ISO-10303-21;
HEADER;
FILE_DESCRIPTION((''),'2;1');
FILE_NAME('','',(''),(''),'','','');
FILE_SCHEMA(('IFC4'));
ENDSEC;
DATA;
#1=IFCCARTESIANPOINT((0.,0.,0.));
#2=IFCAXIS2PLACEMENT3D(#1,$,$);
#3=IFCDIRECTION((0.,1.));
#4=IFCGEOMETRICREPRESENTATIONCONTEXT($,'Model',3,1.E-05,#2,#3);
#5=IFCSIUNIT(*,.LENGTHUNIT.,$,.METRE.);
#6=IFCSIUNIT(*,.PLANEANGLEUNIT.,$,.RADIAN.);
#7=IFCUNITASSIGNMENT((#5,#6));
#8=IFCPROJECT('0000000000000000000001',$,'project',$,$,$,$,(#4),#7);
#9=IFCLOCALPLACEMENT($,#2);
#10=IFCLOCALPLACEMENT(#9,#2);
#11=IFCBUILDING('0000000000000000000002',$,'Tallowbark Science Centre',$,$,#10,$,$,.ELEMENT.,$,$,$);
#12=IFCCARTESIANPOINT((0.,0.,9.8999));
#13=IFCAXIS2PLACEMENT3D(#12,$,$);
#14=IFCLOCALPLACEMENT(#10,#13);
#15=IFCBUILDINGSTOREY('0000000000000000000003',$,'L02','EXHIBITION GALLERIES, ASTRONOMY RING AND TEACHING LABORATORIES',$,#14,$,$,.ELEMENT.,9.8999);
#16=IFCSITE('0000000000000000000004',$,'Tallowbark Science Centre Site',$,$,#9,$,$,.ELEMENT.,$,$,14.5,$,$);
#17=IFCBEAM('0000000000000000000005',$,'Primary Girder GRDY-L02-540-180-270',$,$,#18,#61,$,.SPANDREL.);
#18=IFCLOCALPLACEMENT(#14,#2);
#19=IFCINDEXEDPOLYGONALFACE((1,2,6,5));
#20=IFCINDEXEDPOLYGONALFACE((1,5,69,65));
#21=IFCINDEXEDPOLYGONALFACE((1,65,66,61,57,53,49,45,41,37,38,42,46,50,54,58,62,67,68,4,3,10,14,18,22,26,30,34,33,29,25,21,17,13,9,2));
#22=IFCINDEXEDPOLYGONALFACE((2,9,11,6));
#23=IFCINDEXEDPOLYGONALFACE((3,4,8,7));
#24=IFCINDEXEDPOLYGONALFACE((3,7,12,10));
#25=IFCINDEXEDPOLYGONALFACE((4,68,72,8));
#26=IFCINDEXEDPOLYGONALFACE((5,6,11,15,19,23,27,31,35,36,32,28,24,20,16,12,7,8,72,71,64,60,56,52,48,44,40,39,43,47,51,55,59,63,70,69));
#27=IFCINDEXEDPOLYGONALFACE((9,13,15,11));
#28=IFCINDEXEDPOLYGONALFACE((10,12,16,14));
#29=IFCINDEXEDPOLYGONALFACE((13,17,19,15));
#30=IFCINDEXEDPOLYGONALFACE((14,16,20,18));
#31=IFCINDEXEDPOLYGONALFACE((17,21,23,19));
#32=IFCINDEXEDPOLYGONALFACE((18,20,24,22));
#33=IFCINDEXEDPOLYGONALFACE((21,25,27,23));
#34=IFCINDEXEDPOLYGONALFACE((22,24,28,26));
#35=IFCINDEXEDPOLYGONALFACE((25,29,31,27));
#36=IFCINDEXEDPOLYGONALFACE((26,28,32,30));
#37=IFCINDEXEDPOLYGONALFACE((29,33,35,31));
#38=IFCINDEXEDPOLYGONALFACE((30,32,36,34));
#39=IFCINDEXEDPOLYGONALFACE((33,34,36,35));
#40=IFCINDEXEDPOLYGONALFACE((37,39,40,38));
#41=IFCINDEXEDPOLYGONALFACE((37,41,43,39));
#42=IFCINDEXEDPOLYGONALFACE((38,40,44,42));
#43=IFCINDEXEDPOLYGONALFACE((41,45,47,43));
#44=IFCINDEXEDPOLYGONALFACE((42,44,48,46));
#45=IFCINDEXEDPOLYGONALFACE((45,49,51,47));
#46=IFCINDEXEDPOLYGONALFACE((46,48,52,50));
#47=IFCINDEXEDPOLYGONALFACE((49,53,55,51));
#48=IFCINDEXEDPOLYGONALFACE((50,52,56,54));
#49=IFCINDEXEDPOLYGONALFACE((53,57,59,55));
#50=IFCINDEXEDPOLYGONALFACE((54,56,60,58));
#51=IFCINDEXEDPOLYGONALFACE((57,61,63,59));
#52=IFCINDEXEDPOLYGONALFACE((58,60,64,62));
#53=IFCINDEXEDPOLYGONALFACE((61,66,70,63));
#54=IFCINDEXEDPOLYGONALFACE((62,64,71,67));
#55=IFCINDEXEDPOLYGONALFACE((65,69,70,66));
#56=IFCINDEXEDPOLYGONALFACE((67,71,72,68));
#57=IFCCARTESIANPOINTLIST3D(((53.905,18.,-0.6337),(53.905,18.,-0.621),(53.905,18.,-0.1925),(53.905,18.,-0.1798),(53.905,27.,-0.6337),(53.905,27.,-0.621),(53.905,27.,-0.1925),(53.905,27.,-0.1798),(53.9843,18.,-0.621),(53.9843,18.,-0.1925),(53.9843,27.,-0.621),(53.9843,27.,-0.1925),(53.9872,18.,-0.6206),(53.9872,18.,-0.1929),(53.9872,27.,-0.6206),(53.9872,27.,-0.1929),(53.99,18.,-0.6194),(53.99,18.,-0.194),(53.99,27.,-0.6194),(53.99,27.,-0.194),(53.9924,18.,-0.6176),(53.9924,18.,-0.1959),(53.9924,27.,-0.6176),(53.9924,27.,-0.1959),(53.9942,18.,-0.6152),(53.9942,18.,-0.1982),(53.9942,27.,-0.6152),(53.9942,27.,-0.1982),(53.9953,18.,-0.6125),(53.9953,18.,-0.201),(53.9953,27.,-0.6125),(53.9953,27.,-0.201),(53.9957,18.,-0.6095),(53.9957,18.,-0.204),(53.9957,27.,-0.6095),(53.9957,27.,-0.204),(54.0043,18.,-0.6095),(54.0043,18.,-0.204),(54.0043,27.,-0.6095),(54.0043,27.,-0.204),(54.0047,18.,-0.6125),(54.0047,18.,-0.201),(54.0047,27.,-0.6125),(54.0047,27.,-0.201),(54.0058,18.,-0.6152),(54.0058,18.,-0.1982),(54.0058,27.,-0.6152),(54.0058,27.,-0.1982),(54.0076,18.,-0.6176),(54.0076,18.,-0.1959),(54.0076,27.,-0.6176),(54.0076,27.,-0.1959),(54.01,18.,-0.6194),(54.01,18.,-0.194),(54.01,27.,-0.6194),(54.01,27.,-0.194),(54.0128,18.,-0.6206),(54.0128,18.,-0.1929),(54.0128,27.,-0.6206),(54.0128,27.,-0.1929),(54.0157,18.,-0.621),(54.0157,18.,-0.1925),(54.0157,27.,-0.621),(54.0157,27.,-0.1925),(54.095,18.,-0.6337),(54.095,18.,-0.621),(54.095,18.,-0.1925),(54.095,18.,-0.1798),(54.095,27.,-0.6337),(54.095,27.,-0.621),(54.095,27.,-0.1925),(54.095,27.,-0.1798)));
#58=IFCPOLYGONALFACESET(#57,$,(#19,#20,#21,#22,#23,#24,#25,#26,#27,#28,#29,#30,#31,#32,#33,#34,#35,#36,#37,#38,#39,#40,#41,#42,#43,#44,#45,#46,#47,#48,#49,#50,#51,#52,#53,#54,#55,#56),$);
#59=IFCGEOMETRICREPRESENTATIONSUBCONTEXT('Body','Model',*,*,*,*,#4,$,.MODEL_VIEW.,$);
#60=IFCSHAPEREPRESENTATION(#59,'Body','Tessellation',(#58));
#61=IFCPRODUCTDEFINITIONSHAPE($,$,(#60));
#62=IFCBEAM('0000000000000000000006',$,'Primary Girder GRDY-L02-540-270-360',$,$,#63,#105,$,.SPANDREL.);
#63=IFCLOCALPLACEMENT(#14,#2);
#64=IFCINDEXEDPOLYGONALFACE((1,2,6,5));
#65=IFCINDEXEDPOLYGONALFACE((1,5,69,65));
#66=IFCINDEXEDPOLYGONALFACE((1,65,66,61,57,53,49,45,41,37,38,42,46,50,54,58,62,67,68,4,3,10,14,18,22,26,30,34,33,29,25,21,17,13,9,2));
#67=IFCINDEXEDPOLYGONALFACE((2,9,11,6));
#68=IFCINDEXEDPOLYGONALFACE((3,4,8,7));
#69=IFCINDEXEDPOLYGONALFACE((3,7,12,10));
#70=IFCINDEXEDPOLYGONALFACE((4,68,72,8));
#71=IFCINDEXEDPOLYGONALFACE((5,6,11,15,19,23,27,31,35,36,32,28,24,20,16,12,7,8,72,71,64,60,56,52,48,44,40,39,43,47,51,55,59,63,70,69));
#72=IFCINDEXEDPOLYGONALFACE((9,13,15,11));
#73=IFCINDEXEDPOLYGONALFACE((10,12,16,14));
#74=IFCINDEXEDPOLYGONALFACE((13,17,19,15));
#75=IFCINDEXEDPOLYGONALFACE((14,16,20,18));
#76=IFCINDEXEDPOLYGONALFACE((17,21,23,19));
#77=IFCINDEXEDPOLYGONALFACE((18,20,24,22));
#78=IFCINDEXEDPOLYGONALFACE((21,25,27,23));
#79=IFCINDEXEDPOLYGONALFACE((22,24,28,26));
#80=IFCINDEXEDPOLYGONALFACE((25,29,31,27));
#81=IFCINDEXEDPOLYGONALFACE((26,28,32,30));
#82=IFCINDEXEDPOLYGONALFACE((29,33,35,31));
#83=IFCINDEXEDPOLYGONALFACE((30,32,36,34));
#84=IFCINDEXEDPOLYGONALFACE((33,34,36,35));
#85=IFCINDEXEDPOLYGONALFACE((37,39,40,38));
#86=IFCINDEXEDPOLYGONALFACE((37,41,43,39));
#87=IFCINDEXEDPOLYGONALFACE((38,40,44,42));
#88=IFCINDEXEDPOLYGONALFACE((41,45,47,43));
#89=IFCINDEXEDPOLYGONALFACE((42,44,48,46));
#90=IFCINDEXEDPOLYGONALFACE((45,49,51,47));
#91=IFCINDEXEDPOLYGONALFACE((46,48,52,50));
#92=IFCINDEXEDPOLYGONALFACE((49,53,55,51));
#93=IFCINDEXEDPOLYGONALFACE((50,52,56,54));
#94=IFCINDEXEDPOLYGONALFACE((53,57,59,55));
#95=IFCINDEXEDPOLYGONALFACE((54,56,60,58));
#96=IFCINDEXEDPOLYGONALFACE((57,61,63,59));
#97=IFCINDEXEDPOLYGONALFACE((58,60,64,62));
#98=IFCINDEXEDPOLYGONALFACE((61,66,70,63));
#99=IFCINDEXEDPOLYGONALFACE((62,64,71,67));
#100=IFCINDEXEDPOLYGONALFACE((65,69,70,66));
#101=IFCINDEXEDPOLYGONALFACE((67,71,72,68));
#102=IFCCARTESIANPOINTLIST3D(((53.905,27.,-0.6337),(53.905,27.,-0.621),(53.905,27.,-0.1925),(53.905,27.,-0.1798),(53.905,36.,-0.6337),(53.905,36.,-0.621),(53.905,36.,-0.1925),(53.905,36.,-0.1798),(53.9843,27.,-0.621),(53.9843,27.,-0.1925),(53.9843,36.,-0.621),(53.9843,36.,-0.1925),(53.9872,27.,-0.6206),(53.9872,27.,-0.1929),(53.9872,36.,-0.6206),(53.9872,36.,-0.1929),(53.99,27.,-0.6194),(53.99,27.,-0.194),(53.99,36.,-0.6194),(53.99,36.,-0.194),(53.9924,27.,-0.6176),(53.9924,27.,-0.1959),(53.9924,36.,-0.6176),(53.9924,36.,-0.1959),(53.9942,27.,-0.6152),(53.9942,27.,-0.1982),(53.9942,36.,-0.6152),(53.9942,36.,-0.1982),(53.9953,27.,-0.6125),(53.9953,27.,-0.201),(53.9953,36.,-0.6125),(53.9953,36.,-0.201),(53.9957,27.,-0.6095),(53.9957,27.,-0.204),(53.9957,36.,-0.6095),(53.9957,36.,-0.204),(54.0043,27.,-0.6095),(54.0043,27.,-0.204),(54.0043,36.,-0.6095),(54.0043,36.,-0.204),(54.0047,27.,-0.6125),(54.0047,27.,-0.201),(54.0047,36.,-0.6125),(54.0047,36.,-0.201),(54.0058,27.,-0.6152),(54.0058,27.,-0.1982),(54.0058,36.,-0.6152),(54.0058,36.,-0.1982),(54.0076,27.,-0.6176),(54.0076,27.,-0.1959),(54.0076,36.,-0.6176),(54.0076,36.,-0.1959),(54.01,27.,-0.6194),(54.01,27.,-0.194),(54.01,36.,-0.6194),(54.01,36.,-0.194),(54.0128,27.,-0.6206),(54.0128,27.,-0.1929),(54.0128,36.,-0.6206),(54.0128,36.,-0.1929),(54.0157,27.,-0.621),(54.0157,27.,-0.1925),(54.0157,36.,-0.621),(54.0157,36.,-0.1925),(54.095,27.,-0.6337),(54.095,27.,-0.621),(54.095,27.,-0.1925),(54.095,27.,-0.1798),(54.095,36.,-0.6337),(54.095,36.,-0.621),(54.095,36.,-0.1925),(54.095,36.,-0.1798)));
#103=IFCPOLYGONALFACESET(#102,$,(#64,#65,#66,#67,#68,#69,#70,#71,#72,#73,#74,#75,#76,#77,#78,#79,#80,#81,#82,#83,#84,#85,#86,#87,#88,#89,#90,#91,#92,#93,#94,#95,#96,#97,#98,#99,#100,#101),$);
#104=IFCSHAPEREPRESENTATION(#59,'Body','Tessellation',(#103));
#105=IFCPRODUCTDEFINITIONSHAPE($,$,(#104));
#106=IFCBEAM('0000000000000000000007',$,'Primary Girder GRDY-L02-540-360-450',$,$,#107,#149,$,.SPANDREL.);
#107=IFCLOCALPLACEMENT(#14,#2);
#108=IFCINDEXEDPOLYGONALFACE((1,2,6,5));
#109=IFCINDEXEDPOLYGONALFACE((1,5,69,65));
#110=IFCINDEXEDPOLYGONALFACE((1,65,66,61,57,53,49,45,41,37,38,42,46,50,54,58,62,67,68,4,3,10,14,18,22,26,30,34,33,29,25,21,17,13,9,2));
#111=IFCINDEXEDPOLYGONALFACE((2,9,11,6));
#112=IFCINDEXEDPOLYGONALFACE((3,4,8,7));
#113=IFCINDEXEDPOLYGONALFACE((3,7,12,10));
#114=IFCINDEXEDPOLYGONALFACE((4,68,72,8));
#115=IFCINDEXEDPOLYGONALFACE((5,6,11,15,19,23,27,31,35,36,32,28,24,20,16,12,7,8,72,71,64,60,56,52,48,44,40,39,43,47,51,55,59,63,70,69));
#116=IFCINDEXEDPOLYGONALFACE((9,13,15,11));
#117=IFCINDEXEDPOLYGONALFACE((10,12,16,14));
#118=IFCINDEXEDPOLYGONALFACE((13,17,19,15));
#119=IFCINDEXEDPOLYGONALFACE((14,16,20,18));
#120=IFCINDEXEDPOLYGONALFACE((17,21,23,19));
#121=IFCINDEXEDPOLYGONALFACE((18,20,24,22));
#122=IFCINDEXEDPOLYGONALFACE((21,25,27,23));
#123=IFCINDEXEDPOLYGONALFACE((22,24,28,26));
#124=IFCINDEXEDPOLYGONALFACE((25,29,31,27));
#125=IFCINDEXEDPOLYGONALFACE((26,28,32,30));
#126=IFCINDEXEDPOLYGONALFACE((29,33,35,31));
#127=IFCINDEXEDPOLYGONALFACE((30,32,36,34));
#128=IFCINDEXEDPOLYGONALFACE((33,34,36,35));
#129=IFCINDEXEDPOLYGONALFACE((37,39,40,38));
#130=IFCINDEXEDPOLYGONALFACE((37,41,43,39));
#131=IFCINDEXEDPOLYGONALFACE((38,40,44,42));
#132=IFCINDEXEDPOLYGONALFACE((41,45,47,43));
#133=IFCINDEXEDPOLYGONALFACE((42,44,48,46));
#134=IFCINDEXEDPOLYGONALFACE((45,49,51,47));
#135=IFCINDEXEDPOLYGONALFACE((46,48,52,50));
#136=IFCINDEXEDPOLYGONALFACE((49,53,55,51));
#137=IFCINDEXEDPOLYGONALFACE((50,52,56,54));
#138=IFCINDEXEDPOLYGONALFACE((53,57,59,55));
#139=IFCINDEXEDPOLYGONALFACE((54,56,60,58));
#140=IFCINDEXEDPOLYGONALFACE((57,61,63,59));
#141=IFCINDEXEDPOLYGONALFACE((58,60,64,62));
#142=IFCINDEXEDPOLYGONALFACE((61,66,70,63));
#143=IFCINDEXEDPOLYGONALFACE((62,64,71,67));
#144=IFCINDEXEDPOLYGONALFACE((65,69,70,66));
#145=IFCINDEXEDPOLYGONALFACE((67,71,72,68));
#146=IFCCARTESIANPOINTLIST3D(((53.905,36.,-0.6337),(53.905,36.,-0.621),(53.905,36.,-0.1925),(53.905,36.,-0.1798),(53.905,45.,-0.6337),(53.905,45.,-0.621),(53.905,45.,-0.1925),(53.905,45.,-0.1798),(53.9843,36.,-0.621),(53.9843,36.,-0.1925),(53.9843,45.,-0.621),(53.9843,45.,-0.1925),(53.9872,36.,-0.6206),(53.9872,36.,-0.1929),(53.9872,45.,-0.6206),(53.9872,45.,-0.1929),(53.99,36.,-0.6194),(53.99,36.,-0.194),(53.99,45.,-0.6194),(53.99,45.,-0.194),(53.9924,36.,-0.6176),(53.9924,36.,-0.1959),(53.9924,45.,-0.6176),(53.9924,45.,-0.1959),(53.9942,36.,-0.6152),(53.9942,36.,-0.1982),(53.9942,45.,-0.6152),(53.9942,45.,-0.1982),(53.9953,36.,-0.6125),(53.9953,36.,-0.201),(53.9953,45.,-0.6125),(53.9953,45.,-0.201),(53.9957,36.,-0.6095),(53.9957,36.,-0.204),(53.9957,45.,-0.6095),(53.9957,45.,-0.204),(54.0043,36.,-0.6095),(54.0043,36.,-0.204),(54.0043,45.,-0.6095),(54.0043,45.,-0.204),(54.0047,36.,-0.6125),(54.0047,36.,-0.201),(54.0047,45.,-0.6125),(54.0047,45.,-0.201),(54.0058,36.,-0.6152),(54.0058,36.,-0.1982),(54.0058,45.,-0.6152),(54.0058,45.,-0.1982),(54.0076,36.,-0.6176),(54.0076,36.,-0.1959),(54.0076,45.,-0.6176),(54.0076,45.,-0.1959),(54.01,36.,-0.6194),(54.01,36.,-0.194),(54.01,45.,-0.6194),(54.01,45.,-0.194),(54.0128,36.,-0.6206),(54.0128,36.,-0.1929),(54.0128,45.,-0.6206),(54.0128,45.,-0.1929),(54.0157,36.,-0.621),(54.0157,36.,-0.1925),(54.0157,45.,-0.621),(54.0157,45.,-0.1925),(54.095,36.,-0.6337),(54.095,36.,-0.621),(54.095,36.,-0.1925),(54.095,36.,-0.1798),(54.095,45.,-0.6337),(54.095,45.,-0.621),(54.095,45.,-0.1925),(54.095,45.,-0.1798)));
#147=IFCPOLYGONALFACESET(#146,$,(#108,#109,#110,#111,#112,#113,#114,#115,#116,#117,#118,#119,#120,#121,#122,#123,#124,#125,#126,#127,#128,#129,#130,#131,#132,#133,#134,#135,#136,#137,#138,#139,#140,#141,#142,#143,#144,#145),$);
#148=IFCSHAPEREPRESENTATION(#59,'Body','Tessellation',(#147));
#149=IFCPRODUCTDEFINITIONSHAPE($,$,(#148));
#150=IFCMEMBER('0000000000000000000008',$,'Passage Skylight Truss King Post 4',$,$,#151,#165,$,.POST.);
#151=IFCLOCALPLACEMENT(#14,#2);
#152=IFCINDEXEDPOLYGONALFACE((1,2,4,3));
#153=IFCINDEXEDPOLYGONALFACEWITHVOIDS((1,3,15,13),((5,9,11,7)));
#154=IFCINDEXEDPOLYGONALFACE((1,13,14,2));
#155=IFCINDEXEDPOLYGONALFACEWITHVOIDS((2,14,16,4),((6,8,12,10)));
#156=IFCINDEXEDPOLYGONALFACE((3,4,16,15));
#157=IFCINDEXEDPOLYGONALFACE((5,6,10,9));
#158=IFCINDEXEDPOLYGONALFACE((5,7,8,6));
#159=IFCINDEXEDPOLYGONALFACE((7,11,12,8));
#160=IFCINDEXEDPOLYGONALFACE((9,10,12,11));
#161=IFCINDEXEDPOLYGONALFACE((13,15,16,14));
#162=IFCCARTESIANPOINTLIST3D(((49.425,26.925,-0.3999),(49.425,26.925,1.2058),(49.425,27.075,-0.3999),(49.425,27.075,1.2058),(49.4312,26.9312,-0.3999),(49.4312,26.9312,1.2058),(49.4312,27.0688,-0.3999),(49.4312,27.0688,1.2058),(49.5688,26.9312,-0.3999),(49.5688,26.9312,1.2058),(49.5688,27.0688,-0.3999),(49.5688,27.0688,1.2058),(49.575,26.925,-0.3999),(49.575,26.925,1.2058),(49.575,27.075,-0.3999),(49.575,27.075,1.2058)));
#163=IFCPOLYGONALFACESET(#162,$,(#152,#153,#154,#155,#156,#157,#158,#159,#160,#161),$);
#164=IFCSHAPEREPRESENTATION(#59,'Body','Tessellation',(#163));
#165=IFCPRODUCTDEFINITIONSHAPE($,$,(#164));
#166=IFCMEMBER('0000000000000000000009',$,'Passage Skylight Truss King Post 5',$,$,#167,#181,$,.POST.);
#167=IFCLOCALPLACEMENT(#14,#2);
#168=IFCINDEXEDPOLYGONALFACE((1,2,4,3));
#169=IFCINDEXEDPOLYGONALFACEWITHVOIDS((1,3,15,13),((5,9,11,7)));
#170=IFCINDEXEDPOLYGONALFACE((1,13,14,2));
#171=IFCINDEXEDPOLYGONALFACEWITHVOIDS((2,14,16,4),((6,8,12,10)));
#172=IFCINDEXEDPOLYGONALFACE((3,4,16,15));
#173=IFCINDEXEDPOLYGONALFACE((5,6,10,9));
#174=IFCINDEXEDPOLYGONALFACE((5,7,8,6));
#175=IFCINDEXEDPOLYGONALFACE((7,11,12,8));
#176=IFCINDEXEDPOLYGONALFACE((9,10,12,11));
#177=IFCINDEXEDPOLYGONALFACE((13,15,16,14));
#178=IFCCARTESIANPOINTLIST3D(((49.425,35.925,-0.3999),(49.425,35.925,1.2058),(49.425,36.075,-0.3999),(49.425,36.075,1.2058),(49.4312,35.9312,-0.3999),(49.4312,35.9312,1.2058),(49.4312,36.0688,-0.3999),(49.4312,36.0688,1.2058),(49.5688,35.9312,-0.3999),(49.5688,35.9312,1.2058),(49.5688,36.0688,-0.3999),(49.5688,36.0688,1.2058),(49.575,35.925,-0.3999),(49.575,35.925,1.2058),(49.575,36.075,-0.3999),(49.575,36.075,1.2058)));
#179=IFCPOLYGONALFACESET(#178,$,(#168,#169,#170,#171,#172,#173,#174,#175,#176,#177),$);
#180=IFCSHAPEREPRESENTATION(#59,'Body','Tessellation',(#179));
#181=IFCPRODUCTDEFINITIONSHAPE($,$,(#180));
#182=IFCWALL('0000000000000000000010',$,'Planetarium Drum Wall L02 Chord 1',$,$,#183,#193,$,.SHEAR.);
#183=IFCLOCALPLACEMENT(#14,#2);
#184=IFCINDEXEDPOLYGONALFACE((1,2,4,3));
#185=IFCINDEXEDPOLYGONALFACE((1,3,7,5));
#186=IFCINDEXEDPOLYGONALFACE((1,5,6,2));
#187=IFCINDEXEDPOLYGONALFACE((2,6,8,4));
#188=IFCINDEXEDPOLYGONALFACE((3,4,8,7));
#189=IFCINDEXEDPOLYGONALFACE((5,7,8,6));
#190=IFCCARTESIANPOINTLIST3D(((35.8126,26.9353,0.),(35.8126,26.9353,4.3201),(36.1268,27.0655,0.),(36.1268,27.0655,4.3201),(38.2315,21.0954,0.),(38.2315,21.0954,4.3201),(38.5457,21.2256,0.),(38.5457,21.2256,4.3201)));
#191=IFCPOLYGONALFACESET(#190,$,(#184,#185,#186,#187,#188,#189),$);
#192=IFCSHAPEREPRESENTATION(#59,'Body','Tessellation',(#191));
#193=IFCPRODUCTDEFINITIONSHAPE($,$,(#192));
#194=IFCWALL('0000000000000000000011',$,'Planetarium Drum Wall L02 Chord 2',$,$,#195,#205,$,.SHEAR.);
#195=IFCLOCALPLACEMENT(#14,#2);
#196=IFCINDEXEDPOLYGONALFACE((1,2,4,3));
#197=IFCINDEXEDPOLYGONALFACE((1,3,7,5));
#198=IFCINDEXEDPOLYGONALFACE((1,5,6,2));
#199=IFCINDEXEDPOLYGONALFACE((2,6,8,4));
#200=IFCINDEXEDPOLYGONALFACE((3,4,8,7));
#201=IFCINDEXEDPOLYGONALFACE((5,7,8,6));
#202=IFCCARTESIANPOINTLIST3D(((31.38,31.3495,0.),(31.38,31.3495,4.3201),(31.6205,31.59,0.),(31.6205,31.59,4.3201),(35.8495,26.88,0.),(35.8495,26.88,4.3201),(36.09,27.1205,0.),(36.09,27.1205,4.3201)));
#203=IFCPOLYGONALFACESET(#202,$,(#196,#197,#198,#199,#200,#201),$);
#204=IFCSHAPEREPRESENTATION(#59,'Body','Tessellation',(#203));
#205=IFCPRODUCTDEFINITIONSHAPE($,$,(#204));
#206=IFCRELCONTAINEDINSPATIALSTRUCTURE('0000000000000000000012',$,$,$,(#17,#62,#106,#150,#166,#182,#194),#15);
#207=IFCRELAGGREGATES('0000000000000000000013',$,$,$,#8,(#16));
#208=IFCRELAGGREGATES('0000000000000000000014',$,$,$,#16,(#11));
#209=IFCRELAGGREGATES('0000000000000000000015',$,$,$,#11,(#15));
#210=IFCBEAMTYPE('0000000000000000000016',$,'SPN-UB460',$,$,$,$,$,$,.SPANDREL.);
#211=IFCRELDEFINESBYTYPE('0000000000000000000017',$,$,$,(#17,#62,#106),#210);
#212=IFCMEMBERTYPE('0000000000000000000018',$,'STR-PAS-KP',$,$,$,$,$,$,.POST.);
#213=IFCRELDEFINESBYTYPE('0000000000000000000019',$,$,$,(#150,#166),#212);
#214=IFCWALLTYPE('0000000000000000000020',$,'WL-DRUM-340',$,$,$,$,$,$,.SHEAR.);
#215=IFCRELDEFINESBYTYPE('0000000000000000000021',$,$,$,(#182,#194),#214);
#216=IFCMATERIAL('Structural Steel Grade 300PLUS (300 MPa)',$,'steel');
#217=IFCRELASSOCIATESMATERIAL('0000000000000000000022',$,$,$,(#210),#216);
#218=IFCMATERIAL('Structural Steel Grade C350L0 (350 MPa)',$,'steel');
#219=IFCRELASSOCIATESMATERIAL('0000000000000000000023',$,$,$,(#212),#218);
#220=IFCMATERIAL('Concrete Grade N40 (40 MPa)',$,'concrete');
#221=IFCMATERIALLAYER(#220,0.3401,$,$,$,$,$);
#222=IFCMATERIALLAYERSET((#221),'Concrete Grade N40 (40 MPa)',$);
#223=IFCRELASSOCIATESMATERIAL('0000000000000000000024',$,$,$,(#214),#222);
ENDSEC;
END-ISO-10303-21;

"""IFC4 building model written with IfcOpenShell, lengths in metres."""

from ifc_helpers import new_model, si_unit, direction, frame, frame_2d, origin, origin_2d, place, context, subcontext, project, spatial, rectangle, hollow_rectangle, i_section, extrude, material, layer, layer_set, material_profile, profile_set, type_object, element, save


model = new_model("IFC4")

# Units and contexts
model_context = context("Model", 3, precision=1e-05, world=origin(), true_north=direction((0.0, 1.0)))
body_context = subcontext(model_context, "Body", "Model", "MODEL_VIEW")
ifc_project = project(units=[si_unit("LENGTHUNIT", "METRE"), si_unit("PLANEANGLEUNIT", "RADIAN")], contexts=[model_context])

# Site, building, storey
site_placement = place(None, origin())
site = spatial("IfcSite", under=ifc_project, at=site_placement, Name="Tallowbark Science Centre Site", CompositionType="ELEMENT", RefElevation=14.5)
building_placement = place(site_placement, origin())
building = spatial("IfcBuilding", under=site, at=building_placement, Name="Tallowbark Science Centre", CompositionType="ELEMENT")
storey_placement = place(building_placement, frame((0.0, 0.0, 9.8999)))
storey = spatial("IfcBuildingStorey", under=building, at=storey_placement, Name="L02", Description="EXHIBITION GALLERIES, ASTRONOMY RING AND TEACHING LABORATORIES", CompositionType="ELEMENT", Elevation=9.8999)

# Shared definitions
ifc_material_1 = material(Name="Structural Steel Grade 300PLUS (300 MPa)", Category="steel")

# Shared definitions
ifc_material_2 = material(Name="Structural Steel Grade C350L0 (350 MPa)", Category="steel")

# Beams
ifc_material_profile_1 = material_profile(ifc_material_1, i_section(OverallWidth=0.1899, OverallDepth=0.4539, WebThickness=0.0085, FlangeThickness=0.0127, FilletRadius=0.0115, at=origin_2d()), Name="460UB67.1")
ifc_profile_set_1 = profile_set([ifc_material_profile_1], Name="Structural Steel Grade 300PLUS (300 MPa)")
beam_type_1 = type_object("IfcBeamType", Name="SPN-UB460", PredefinedType="SPANDREL", material=ifc_profile_set_1)
for number, where, z_axis, x_axis, name in (
    (1, (54.0, 18.0, -0.4067), (0.0, 1.0, 0.0), (-1.0, 0.0, 0.0), "Primary Girder GRDY-L02-540-180-270"),
    (2, (54.0, 27.0, -0.4067), (0.0, 1.0, 0.0), (-1.0, 0.0, 0.0), "Primary Girder GRDY-L02-540-270-360"),
    (3, (54.0, 36.0, -0.4067), (0.0, 1.0, 0.0), (-1.0, 0.0, 0.0), "Primary Girder GRDY-L02-540-360-450"),
):
    element("IfcBeam", number, at=place(storey_placement, frame(where, z_axis=z_axis, x_axis=x_axis)), inside=storey, type_object=beam_type_1, Name=name, PredefinedType="SPANDREL", context=body_context, shape_type="SweptSolid", body=[
        extrude(i_section(OverallWidth=0.1899, OverallDepth=0.4539, WebThickness=0.0085, FlangeThickness=0.0127, FilletRadius=0.0115, at=origin_2d()), origin(), (0.0, 0.0, 1.0), 9.0),
    ])

# Members
ifc_material_profile_2 = material_profile(ifc_material_2, hollow_rectangle(XDim=0.1499, YDim=0.1499, WallThickness=0.0061, at=origin_2d()), Name="150x150x6.0SHS")
ifc_profile_set_2 = profile_set([ifc_material_profile_2], Name="Structural Steel Grade C350L0 (350 MPa)")
member_type_1 = type_object("IfcMemberType", Name="STR-PAS-KP", PredefinedType="POST", material=ifc_profile_set_2)
for number, where, z_axis, x_axis, name in (
    (4, (49.5, 27.0, -0.3999), (0.0, 0.0, 1.0), (1.0, 0.0, 0.0), "Passage Skylight Truss King Post 4"),
    (5, (49.5, 36.0, -0.3999), (0.0, 0.0, 1.0), (1.0, 0.0, 0.0), "Passage Skylight Truss King Post 5"),
):
    element("IfcMember", number, at=place(storey_placement, frame(where, z_axis=z_axis, x_axis=x_axis)), inside=storey, type_object=member_type_1, Name=name, PredefinedType="POST", context=body_context, shape_type="SweptSolid", body=[
        extrude(hollow_rectangle(XDim=0.1499, YDim=0.1499, WallThickness=0.0061, at=origin_2d()), origin(), (0.0, 0.0, 1.0), 1.6057),
    ])

# Walls
ifc_material_3 = material(Name="Concrete Grade N40 (40 MPa)", Category="concrete")
ifc_layer_1 = layer(ifc_material_3, 0.3401)
ifc_layer_set_1 = layer_set([ifc_layer_1], Name="Concrete Grade N40 (40 MPa)")
wall_type = type_object("IfcWallType", Name="WL-DRUM-340", PredefinedType="SHEAR", material=ifc_layer_set_1)
wall_1_placement = place(storey_placement, frame((38.3887, 21.1604, 0.0), z_axis=(0.0, 0.0, 1.0), x_axis=(-0.382684, 0.923879, 0.0)))
element("IfcWall", 6, at=wall_1_placement, inside=storey, type_object=wall_type, Name="Planetarium Drum Wall L02 Chord 1", PredefinedType="SHEAR", context=body_context, shape_type="SweptSolid", body=[
    extrude(rectangle(XDim=6.321, YDim=0.3401, at=frame_2d((3.1606, 0.0))), origin(), (0.0, 0.0, 1.0), 4.3201),
])
wall_2_placement = place(storey_placement, frame((35.9697, 27.0002, 0.0), z_axis=(0.0, 0.0, 1.0), x_axis=(-0.707107, 0.707107, 0.0)))
element("IfcWall", 7, at=wall_2_placement, inside=storey, type_object=wall_type, Name="Planetarium Drum Wall L02 Chord 2", PredefinedType="SHEAR", context=body_context, shape_type="SweptSolid", body=[
    extrude(rectangle(XDim=6.3208, YDim=0.3401, at=frame_2d((3.1604, 0.0))), origin(), (0.0, 0.0, 1.0), 4.3201),
])

save(model, "model.ifc")
